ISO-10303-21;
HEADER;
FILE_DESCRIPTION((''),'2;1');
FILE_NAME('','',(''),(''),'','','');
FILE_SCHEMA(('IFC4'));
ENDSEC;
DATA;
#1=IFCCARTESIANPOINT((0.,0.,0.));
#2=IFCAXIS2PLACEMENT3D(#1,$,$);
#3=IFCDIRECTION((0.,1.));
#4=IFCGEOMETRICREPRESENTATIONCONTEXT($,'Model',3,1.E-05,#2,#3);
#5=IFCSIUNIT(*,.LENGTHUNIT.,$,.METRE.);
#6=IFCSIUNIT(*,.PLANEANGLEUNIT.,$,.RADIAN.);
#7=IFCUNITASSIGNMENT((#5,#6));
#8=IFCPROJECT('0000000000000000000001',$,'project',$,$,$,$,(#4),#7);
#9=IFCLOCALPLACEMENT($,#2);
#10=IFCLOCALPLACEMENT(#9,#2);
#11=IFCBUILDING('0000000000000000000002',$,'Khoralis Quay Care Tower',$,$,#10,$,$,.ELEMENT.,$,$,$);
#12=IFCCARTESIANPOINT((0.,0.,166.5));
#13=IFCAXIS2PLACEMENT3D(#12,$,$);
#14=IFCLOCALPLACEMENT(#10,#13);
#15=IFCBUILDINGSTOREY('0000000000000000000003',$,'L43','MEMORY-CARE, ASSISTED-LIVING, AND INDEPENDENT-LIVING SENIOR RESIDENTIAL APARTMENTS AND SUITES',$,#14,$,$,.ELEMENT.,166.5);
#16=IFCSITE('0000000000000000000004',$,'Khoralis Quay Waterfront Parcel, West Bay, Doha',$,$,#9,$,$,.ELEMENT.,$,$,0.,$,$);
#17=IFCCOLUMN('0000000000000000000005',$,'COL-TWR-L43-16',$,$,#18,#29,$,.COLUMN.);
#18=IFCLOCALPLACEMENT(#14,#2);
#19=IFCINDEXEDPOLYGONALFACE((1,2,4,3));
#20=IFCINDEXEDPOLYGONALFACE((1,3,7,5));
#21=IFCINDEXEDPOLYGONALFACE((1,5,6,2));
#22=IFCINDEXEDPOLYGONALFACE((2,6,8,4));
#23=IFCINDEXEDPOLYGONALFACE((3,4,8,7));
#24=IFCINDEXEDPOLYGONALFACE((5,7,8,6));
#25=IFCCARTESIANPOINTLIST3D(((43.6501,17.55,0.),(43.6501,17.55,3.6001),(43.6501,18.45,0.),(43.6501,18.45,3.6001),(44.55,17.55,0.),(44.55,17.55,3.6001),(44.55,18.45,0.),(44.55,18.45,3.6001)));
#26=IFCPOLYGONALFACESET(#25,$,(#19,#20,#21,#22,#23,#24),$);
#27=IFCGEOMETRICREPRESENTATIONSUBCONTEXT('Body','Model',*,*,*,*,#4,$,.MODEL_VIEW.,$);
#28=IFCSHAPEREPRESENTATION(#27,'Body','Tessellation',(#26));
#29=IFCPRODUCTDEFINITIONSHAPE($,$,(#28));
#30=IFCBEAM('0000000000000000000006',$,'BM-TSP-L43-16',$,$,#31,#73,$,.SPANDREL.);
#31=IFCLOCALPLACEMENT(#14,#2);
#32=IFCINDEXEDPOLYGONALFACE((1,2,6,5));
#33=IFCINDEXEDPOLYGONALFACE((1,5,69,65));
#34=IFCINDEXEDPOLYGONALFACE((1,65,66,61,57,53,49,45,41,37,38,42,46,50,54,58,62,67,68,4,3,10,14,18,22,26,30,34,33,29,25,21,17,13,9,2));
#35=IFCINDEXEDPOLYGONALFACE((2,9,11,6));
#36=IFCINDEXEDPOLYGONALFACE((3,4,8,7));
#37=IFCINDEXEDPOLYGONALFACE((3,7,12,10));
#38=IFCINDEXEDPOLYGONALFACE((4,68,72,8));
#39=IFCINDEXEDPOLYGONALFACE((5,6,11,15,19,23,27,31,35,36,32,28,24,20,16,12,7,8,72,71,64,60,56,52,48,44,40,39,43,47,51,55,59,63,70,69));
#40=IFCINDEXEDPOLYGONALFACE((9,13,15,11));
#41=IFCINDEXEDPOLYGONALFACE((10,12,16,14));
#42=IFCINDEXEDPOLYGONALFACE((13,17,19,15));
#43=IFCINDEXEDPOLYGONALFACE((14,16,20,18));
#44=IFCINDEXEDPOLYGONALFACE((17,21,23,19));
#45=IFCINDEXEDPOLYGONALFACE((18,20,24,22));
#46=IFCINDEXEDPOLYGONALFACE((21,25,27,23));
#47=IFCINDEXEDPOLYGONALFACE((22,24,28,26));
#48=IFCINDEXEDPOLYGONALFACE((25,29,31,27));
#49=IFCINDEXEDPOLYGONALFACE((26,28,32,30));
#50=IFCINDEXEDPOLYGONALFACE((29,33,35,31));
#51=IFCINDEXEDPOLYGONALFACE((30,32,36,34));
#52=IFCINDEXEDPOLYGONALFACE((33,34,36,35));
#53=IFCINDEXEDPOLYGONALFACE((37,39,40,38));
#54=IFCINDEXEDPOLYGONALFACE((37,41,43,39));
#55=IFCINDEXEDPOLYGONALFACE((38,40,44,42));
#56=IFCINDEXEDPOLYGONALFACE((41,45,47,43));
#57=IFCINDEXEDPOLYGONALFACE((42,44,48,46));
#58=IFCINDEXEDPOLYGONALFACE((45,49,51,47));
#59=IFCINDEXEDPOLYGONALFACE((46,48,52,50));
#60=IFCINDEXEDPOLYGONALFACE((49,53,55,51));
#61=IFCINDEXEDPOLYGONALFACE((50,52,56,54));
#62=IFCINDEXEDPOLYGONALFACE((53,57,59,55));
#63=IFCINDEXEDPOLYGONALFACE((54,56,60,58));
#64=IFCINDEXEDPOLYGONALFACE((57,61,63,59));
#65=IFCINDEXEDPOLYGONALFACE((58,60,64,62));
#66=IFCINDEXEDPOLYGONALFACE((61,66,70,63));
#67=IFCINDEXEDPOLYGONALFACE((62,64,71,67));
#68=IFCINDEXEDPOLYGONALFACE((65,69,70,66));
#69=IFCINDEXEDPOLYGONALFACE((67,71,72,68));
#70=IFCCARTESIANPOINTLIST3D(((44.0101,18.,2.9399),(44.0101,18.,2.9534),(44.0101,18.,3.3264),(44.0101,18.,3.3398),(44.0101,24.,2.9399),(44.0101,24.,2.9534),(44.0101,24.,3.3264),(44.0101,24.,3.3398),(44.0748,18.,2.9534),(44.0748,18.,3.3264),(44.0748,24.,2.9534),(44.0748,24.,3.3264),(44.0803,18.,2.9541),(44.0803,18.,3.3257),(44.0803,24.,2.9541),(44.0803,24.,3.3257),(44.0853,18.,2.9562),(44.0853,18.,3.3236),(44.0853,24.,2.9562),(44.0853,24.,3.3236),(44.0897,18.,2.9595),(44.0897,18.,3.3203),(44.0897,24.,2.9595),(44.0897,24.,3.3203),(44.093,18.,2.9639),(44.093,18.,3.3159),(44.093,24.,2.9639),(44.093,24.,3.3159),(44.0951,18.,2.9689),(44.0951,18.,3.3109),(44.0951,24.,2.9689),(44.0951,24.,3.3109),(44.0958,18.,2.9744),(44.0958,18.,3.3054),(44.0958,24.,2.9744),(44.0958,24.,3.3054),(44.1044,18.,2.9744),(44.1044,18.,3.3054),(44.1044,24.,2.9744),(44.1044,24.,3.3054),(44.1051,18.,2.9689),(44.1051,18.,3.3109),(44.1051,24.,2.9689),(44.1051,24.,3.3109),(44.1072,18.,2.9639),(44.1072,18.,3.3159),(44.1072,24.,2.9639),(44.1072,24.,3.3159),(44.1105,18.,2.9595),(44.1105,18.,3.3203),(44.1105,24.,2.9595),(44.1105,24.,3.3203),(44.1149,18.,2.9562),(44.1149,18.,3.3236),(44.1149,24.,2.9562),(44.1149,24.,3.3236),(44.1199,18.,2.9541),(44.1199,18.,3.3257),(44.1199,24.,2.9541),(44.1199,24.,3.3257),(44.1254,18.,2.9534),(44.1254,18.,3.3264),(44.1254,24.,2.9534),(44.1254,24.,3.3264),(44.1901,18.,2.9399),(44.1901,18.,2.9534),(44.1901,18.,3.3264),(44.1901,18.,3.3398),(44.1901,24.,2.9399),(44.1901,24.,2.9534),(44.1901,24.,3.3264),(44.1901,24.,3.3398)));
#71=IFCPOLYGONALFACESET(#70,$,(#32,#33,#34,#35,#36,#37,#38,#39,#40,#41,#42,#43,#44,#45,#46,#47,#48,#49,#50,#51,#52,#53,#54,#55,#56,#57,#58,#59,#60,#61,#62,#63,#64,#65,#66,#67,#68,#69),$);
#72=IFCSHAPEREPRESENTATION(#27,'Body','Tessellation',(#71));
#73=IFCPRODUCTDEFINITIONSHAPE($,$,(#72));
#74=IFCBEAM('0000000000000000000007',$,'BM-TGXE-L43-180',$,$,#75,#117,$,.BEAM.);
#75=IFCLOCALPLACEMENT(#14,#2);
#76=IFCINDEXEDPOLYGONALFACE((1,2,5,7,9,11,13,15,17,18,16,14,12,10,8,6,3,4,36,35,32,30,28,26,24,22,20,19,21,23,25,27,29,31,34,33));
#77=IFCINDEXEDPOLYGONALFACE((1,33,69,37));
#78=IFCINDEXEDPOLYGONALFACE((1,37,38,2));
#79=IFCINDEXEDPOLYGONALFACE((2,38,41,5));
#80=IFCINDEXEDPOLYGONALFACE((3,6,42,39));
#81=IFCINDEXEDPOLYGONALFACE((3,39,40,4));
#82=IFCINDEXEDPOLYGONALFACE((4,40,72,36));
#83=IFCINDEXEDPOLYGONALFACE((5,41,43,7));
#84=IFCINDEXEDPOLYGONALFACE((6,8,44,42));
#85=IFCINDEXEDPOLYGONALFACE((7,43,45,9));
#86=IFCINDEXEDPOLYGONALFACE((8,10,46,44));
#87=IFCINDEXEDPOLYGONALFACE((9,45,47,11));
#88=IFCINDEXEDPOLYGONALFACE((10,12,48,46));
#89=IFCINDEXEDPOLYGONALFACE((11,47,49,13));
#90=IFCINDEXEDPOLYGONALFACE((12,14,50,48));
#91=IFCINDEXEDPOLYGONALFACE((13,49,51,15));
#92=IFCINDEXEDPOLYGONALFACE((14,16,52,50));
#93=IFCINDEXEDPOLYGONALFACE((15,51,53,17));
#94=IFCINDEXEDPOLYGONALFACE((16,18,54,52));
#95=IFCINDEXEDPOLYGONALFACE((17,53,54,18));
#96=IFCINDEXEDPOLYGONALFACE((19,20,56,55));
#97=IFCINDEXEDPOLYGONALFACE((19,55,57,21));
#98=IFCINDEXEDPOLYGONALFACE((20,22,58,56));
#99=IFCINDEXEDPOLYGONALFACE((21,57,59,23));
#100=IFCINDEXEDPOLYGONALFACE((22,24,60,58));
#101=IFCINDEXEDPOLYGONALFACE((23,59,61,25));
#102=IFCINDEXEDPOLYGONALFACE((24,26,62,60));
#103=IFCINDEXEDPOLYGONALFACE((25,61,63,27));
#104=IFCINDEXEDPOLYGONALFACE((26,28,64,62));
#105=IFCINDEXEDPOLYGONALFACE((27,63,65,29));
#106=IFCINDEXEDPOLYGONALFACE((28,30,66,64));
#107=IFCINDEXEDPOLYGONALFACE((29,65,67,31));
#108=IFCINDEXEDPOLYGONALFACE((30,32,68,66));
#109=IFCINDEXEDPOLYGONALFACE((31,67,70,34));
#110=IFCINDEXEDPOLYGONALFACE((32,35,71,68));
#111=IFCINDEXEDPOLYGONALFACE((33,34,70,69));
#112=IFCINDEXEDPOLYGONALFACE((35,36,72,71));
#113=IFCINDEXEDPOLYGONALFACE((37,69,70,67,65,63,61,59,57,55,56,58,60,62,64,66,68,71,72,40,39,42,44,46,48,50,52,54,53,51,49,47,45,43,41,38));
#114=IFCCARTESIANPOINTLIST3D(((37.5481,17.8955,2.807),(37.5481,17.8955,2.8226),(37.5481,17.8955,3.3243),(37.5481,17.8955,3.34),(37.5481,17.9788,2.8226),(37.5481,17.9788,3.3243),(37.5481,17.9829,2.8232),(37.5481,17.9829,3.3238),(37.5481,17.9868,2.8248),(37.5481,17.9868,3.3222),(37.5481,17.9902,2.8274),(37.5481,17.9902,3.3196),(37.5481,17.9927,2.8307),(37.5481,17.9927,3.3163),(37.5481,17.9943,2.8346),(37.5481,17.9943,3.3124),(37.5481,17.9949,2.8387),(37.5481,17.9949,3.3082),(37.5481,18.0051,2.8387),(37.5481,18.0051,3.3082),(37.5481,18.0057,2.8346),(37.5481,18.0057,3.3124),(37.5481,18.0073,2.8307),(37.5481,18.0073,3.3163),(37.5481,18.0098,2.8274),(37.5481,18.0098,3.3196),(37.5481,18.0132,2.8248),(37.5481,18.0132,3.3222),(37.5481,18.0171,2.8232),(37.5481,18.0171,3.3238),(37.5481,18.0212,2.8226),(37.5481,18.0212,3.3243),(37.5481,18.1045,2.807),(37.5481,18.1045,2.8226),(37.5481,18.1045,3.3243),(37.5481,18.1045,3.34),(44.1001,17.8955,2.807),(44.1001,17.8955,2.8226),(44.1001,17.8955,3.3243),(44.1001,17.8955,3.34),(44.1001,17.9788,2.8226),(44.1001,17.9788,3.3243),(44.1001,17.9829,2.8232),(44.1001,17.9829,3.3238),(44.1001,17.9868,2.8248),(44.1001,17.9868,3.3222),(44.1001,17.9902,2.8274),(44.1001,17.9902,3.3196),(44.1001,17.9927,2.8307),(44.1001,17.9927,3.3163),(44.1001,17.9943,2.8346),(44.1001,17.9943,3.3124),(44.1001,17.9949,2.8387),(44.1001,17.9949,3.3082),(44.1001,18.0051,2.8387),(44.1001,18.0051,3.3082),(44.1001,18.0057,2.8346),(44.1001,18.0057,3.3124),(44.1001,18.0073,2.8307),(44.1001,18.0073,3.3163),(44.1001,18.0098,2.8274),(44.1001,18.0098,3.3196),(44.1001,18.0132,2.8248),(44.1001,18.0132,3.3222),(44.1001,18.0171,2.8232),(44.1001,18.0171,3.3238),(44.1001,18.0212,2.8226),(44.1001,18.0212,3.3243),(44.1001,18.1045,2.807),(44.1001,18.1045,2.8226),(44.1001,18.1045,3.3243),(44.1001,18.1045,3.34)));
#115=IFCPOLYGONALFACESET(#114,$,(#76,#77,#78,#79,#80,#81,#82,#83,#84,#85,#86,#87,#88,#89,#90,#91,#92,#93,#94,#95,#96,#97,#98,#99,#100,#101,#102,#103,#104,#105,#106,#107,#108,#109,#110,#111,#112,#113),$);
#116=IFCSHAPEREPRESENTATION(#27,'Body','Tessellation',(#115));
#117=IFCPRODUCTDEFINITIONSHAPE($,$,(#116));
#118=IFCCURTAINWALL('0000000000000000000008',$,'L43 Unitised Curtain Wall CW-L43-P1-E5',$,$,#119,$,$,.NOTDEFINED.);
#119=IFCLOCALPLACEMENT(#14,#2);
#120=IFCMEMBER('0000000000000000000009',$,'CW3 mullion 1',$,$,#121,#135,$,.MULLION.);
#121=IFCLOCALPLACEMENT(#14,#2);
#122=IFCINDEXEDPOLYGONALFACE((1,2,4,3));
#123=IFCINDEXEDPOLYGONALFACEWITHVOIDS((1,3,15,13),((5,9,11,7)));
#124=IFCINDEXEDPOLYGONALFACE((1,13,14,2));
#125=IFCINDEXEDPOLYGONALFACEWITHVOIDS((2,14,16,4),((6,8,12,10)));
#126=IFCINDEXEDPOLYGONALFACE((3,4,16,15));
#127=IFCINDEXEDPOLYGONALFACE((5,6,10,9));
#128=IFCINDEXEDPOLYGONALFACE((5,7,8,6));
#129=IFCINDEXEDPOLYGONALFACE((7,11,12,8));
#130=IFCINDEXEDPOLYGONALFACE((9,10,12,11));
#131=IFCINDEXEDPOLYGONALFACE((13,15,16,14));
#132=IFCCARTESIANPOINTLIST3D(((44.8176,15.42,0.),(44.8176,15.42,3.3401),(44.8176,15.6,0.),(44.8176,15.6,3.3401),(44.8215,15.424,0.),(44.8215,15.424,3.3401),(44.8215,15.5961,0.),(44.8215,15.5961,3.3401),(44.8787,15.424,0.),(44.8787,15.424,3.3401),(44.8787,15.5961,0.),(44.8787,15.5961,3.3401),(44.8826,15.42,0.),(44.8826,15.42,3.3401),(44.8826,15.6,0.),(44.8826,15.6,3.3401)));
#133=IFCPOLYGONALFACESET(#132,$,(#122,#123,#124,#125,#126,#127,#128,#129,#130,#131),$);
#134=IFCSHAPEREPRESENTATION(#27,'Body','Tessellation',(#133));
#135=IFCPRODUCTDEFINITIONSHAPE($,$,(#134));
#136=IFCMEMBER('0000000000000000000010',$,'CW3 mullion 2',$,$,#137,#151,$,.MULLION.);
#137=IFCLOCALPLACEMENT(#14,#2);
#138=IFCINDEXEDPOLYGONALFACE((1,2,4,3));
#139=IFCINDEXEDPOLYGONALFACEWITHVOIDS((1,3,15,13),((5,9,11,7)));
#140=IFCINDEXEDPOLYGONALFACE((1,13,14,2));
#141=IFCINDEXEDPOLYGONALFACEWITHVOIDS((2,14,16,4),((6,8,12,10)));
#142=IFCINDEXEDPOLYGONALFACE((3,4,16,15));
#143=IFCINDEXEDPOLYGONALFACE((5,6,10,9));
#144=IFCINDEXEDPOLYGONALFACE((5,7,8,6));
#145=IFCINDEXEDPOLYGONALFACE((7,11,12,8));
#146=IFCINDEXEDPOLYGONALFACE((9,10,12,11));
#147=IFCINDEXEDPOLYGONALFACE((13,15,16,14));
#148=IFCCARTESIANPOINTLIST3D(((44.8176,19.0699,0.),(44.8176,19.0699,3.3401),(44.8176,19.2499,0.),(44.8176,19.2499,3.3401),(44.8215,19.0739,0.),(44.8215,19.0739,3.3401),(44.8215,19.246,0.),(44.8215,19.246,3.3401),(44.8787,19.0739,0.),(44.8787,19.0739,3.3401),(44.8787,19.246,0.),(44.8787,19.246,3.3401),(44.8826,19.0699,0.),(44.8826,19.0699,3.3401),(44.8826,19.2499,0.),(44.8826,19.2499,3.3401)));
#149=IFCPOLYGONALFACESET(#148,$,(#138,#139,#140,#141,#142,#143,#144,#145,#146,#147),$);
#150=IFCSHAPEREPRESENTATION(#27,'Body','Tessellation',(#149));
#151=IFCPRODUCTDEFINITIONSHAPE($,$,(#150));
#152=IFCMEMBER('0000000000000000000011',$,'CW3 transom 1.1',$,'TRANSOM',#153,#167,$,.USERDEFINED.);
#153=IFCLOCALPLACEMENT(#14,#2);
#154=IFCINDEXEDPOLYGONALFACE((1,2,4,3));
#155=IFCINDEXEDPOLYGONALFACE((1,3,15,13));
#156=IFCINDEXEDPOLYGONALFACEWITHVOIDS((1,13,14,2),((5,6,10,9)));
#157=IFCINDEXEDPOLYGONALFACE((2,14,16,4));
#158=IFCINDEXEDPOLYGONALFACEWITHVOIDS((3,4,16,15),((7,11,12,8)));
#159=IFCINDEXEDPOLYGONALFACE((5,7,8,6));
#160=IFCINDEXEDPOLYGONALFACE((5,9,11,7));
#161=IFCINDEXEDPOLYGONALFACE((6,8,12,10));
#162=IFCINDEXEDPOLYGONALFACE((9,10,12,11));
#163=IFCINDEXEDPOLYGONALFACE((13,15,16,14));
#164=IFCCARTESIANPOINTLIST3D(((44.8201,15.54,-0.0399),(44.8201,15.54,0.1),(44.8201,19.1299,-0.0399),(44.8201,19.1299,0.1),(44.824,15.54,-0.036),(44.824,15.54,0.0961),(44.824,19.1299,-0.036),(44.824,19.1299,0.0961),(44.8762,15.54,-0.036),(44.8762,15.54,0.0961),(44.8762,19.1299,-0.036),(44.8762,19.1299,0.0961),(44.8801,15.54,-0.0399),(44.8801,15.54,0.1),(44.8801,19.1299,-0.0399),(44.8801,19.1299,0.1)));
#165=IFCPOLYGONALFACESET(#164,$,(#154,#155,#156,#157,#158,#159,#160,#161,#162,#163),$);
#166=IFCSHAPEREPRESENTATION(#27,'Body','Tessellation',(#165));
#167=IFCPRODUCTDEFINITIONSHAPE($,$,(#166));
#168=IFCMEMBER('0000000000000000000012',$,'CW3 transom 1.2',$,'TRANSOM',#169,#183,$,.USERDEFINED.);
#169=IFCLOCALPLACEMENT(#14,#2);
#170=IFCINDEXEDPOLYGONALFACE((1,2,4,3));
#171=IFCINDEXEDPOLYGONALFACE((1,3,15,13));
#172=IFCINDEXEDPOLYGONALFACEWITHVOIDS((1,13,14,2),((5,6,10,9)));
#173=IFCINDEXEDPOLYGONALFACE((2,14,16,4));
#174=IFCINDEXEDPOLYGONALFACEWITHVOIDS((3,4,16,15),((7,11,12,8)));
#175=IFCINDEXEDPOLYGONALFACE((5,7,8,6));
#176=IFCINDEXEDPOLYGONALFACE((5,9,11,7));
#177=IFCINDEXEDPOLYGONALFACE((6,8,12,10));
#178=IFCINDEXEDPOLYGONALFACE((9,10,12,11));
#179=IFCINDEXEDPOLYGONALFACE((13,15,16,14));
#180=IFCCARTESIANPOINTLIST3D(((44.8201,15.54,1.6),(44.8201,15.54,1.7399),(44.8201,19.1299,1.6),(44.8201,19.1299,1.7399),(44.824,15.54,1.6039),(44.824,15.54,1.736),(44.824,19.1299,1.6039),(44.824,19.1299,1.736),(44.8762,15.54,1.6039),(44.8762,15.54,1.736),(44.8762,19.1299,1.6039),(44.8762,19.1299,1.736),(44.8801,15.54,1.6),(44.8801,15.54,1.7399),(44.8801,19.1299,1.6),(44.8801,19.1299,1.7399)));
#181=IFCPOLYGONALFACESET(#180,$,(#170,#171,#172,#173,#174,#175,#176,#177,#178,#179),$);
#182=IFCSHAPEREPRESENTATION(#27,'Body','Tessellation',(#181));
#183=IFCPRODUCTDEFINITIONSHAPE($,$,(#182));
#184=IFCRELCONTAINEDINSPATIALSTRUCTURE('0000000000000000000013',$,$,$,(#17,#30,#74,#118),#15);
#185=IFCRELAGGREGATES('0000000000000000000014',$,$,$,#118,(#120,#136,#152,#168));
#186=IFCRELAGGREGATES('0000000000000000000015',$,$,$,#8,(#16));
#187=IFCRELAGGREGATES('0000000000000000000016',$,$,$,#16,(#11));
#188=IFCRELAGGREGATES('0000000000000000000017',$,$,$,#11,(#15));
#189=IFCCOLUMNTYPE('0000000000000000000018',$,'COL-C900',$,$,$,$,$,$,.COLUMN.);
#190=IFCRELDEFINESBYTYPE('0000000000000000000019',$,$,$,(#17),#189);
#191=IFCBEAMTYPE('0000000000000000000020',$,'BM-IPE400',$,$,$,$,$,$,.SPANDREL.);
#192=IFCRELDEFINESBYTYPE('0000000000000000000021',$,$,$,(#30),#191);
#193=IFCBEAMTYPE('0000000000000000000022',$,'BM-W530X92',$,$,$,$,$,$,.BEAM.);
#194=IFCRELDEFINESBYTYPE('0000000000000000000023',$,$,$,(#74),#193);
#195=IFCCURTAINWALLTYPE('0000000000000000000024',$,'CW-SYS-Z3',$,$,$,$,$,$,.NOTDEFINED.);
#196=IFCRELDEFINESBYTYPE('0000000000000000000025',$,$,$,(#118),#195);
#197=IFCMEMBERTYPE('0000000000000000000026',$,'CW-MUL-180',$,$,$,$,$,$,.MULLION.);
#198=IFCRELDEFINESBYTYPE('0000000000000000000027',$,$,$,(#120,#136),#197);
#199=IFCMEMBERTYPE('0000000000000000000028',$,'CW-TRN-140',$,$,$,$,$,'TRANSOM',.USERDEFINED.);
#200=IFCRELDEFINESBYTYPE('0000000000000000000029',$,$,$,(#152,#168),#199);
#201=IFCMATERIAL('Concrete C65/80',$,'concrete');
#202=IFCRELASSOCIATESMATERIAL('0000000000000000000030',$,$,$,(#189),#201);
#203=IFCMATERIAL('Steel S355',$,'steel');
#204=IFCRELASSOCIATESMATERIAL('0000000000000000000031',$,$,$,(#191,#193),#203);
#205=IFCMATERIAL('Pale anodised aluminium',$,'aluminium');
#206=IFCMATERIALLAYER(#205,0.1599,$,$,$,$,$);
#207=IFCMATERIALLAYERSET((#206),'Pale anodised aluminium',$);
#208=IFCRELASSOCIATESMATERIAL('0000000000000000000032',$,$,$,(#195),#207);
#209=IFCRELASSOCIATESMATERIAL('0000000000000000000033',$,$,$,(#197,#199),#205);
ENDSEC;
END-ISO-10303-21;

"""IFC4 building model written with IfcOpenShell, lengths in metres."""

from ifc_helpers import new_model, si_unit, direction, frame, origin, origin_2d, place, context, subcontext, project, spatial, rectangle, hollow_rectangle, i_section, extrude, source, transform, mapped, material, layer, layer_set, material_profile, profile_set, type_object, element, aggregate, save


model = new_model("IFC4")

# Units and contexts
model_context = context("Model", 3, precision=1e-05, world=origin(), true_north=direction((0.0, 1.0)))
body_context = subcontext(model_context, "Body", "Model", "MODEL_VIEW")
ifc_project = project(units=[si_unit("LENGTHUNIT", "METRE"), si_unit("PLANEANGLEUNIT", "RADIAN")], contexts=[model_context])

# Site, building, storey
site_placement = place(None, origin())
site = spatial("IfcSite", under=ifc_project, at=site_placement, Name="Khoralis Quay Waterfront Parcel, West Bay, Doha", CompositionType="ELEMENT", RefElevation=0.0)
building_placement = place(site_placement, origin())
building = spatial("IfcBuilding", under=site, at=building_placement, Name="Khoralis Quay Care Tower", CompositionType="ELEMENT")
storey_placement = place(building_placement, frame((0.0, 0.0, 166.5)))
storey = spatial("IfcBuildingStorey", under=building, at=storey_placement, Name="L43", Description="MEMORY-CARE, ASSISTED-LIVING, AND INDEPENDENT-LIVING SENIOR RESIDENTIAL APARTMENTS AND SUITES", CompositionType="ELEMENT", Elevation=166.5)

# Column
ifc_material_1 = material(Name="Concrete C65/80", Category="concrete")
ifc_material_profile_1 = material_profile(ifc_material_1, rectangle(XDim=0.8999, YDim=0.8999, at=origin_2d()), Name="Concrete C65/80")
ifc_profile_set_1 = profile_set([ifc_material_profile_1], Name="Concrete C65/80")
column_type = type_object("IfcColumnType", Name="COL-C900", PredefinedType="COLUMN", material=ifc_profile_set_1)
shared_shape_1 = source(origin(), body_context, "Body", "SweptSolid", [
    extrude(rectangle(XDim=0.8999, YDim=0.8999, at=origin_2d()), origin(), (0.0, 0.0, 1.0), 3.6001),
])
column_placement = place(storey_placement, frame((44.1001, 18.0, 0.0), z_axis=(0.0, 0.0, 1.0), x_axis=(1.0, 0.0, 0.0)))
element("IfcColumn", 1, at=column_placement, inside=storey, type_object=column_type, Name="COL-TWR-L43-16", PredefinedType="COLUMN", context=body_context, shape_type="MappedRepresentation", body=[
    mapped(shared_shape_1, transform((0.0, 0.0, 0.0), scale=1.0)),
])

# Beams
ifc_material_2 = material(Name="Steel S355", Category="steel")
ifc_material_profile_2 = material_profile(ifc_material_2, i_section(OverallWidth=0.1799, OverallDepth=0.3999, WebThickness=0.0085, FlangeThickness=0.0134, FilletRadius=0.021, at=origin_2d()), Name="Steel S355")
ifc_profile_set_2 = profile_set([ifc_material_profile_2], Name="Steel S355")
beam_type_1 = type_object("IfcBeamType", Name="BM-IPE400", PredefinedType="SPANDREL", material=ifc_profile_set_2)
shared_shape_2 = source(origin(), body_context, "Body", "SweptSolid", [
    extrude(i_section(OverallWidth=0.1799, OverallDepth=0.3999, WebThickness=0.0085, FlangeThickness=0.0134, FilletRadius=0.021, at=origin_2d()), origin(), (0.0, 0.0, 1.0), 6.0),
])
beam_1_placement = place(storey_placement, frame((44.1001, 18.0, 3.1399), z_axis=(0.0, 1.0, 0.0), x_axis=(-1.0, 0.0, 0.0)))
element("IfcBeam", 2, at=beam_1_placement, inside=storey, type_object=beam_type_1, Name="BM-TSP-L43-16", PredefinedType="SPANDREL", context=body_context, shape_type="MappedRepresentation", body=[
    mapped(shared_shape_2, transform((0.0, 0.0, 0.0), scale=1.0)),
])
ifc_material_profile_3 = material_profile(ifc_material_2, i_section(OverallWidth=0.209, OverallDepth=0.533, WebThickness=0.0103, FlangeThickness=0.0156, FilletRadius=0.0161, at=origin_2d()), Name="Steel S355")
ifc_profile_set_3 = profile_set([ifc_material_profile_3], Name="Steel S355")
beam_type_2 = type_object("IfcBeamType", Name="BM-W530X92", PredefinedType="BEAM", material=ifc_profile_set_3)
shared_shape_3 = source(origin(), body_context, "Body", "SweptSolid", [
    extrude(i_section(OverallWidth=0.209, OverallDepth=0.533, WebThickness=0.0103, FlangeThickness=0.0156, FilletRadius=0.0161, at=origin_2d()), origin(), (0.0, 0.0, 1.0), 6.552),
])
beam_2_placement = place(storey_placement, frame((37.5481, 18.0, 3.0735), z_axis=(1.0, 0.0, 0.0), x_axis=(0.0, 1.0, 0.0)))
element("IfcBeam", 3, at=beam_2_placement, inside=storey, type_object=beam_type_2, Name="BM-TGXE-L43-180", PredefinedType="BEAM", context=body_context, shape_type="MappedRepresentation", body=[
    mapped(shared_shape_3, transform((0.0, 0.0, 0.0), scale=1.0)),
])

# Curtain wall, members
ifc_material_3 = material(Name="Pale anodised aluminium", Category="aluminium")
ifc_layer_1 = layer(ifc_material_3, 0.1599)
ifc_layer_set_1 = layer_set([ifc_layer_1], Name="Pale anodised aluminium")
curtain_wall_type = type_object("IfcCurtainWallType", Name="CW-SYS-Z3", PredefinedType="NOTDEFINED", material=ifc_layer_set_1)
curtain_wall_placement = place(storey_placement, origin())
curtain_wall = element("IfcCurtainWall", 4, at=curtain_wall_placement, inside=storey, type_object=curtain_wall_type, Name="L43 Unitised Curtain Wall CW-L43-P1-E5", PredefinedType="NOTDEFINED")
ifc_material_profile_4 = material_profile(ifc_material_3, hollow_rectangle(XDim=0.0649, YDim=0.1799, WallThickness=0.0039, at=origin_2d()), Name="Pale anodised aluminium")
ifc_profile_set_4 = profile_set([ifc_material_profile_4], Name="Pale anodised aluminium")
member_type_1 = type_object("IfcMemberType", Name="CW-MUL-180", PredefinedType="MULLION", material=ifc_profile_set_4)
shared_shape_4 = source(origin(), body_context, "Body", "SweptSolid", [
    extrude(hollow_rectangle(XDim=0.0649, YDim=0.1799, WallThickness=0.0039, at=origin_2d()), origin(), (0.0, 0.0, 1.0), 3.3401),
])
member_1_placement = place(storey_placement, frame((44.8501, 15.51, 0.0), z_axis=(0.0, 0.0, 1.0), x_axis=(-1.0, 0.0, 0.0)))
member_1 = element("IfcMember", 5, at=member_1_placement, type_object=member_type_1, Name="CW3 mullion 1", PredefinedType="MULLION", context=body_context, shape_type="MappedRepresentation", body=[
    mapped(shared_shape_4, transform((0.0, 0.0, 0.0), scale=1.0)),
])
member_2_placement = place(storey_placement, frame((44.8501, 19.1599, 0.0), z_axis=(0.0, 0.0, 1.0), x_axis=(-1.0, 0.0, 0.0)))
member_2 = element("IfcMember", 6, at=member_2_placement, type_object=member_type_1, Name="CW3 mullion 2", PredefinedType="MULLION", context=body_context, shape_type="MappedRepresentation", body=[
    mapped(shared_shape_4, transform((0.0, 0.0, 0.0), scale=1.0)),
])
ifc_material_profile_5 = material_profile(ifc_material_3, hollow_rectangle(XDim=0.0601, YDim=0.1399, WallThickness=0.0039, at=origin_2d()), Name="Pale anodised aluminium")
ifc_profile_set_5 = profile_set([ifc_material_profile_5], Name="Pale anodised aluminium")
member_type_2 = type_object("IfcMemberType", Name="CW-TRN-140", ElementType="TRANSOM", PredefinedType="USERDEFINED", material=ifc_profile_set_5)
shared_shape_5 = source(origin(), body_context, "Body", "SweptSolid", [
    extrude(hollow_rectangle(XDim=0.0601, YDim=0.1399, WallThickness=0.0039, at=origin_2d()), origin(), (0.0, 0.0, 1.0), 3.5898),
])
member_3_placement = place(storey_placement, frame((44.8501, 15.54, 0.03), z_axis=(0.0, 1.0, 0.0), x_axis=(-1.0, 0.0, 0.0)))
member_3 = element("IfcMember", 7, at=member_3_placement, type_object=member_type_2, Name="CW3 transom 1.1", ObjectType="TRANSOM", PredefinedType="USERDEFINED", context=body_context, shape_type="MappedRepresentation", body=[
    mapped(shared_shape_5, transform((0.0, 0.0, 0.0), scale=1.0)),
])
member_4_placement = place(storey_placement, frame((44.8501, 15.54, 1.6699), z_axis=(0.0, 1.0, 0.0), x_axis=(-1.0, 0.0, 0.0)))
member_4 = element("IfcMember", 8, at=member_4_placement, type_object=member_type_2, Name="CW3 transom 1.2", ObjectType="TRANSOM", PredefinedType="USERDEFINED", context=body_context, shape_type="MappedRepresentation", body=[
    mapped(shared_shape_5, transform((0.0, 0.0, 0.0), scale=1.0)),
])
aggregate(curtain_wall, [member_1, member_2, member_3, member_4])

save(model, "model.ifc")
